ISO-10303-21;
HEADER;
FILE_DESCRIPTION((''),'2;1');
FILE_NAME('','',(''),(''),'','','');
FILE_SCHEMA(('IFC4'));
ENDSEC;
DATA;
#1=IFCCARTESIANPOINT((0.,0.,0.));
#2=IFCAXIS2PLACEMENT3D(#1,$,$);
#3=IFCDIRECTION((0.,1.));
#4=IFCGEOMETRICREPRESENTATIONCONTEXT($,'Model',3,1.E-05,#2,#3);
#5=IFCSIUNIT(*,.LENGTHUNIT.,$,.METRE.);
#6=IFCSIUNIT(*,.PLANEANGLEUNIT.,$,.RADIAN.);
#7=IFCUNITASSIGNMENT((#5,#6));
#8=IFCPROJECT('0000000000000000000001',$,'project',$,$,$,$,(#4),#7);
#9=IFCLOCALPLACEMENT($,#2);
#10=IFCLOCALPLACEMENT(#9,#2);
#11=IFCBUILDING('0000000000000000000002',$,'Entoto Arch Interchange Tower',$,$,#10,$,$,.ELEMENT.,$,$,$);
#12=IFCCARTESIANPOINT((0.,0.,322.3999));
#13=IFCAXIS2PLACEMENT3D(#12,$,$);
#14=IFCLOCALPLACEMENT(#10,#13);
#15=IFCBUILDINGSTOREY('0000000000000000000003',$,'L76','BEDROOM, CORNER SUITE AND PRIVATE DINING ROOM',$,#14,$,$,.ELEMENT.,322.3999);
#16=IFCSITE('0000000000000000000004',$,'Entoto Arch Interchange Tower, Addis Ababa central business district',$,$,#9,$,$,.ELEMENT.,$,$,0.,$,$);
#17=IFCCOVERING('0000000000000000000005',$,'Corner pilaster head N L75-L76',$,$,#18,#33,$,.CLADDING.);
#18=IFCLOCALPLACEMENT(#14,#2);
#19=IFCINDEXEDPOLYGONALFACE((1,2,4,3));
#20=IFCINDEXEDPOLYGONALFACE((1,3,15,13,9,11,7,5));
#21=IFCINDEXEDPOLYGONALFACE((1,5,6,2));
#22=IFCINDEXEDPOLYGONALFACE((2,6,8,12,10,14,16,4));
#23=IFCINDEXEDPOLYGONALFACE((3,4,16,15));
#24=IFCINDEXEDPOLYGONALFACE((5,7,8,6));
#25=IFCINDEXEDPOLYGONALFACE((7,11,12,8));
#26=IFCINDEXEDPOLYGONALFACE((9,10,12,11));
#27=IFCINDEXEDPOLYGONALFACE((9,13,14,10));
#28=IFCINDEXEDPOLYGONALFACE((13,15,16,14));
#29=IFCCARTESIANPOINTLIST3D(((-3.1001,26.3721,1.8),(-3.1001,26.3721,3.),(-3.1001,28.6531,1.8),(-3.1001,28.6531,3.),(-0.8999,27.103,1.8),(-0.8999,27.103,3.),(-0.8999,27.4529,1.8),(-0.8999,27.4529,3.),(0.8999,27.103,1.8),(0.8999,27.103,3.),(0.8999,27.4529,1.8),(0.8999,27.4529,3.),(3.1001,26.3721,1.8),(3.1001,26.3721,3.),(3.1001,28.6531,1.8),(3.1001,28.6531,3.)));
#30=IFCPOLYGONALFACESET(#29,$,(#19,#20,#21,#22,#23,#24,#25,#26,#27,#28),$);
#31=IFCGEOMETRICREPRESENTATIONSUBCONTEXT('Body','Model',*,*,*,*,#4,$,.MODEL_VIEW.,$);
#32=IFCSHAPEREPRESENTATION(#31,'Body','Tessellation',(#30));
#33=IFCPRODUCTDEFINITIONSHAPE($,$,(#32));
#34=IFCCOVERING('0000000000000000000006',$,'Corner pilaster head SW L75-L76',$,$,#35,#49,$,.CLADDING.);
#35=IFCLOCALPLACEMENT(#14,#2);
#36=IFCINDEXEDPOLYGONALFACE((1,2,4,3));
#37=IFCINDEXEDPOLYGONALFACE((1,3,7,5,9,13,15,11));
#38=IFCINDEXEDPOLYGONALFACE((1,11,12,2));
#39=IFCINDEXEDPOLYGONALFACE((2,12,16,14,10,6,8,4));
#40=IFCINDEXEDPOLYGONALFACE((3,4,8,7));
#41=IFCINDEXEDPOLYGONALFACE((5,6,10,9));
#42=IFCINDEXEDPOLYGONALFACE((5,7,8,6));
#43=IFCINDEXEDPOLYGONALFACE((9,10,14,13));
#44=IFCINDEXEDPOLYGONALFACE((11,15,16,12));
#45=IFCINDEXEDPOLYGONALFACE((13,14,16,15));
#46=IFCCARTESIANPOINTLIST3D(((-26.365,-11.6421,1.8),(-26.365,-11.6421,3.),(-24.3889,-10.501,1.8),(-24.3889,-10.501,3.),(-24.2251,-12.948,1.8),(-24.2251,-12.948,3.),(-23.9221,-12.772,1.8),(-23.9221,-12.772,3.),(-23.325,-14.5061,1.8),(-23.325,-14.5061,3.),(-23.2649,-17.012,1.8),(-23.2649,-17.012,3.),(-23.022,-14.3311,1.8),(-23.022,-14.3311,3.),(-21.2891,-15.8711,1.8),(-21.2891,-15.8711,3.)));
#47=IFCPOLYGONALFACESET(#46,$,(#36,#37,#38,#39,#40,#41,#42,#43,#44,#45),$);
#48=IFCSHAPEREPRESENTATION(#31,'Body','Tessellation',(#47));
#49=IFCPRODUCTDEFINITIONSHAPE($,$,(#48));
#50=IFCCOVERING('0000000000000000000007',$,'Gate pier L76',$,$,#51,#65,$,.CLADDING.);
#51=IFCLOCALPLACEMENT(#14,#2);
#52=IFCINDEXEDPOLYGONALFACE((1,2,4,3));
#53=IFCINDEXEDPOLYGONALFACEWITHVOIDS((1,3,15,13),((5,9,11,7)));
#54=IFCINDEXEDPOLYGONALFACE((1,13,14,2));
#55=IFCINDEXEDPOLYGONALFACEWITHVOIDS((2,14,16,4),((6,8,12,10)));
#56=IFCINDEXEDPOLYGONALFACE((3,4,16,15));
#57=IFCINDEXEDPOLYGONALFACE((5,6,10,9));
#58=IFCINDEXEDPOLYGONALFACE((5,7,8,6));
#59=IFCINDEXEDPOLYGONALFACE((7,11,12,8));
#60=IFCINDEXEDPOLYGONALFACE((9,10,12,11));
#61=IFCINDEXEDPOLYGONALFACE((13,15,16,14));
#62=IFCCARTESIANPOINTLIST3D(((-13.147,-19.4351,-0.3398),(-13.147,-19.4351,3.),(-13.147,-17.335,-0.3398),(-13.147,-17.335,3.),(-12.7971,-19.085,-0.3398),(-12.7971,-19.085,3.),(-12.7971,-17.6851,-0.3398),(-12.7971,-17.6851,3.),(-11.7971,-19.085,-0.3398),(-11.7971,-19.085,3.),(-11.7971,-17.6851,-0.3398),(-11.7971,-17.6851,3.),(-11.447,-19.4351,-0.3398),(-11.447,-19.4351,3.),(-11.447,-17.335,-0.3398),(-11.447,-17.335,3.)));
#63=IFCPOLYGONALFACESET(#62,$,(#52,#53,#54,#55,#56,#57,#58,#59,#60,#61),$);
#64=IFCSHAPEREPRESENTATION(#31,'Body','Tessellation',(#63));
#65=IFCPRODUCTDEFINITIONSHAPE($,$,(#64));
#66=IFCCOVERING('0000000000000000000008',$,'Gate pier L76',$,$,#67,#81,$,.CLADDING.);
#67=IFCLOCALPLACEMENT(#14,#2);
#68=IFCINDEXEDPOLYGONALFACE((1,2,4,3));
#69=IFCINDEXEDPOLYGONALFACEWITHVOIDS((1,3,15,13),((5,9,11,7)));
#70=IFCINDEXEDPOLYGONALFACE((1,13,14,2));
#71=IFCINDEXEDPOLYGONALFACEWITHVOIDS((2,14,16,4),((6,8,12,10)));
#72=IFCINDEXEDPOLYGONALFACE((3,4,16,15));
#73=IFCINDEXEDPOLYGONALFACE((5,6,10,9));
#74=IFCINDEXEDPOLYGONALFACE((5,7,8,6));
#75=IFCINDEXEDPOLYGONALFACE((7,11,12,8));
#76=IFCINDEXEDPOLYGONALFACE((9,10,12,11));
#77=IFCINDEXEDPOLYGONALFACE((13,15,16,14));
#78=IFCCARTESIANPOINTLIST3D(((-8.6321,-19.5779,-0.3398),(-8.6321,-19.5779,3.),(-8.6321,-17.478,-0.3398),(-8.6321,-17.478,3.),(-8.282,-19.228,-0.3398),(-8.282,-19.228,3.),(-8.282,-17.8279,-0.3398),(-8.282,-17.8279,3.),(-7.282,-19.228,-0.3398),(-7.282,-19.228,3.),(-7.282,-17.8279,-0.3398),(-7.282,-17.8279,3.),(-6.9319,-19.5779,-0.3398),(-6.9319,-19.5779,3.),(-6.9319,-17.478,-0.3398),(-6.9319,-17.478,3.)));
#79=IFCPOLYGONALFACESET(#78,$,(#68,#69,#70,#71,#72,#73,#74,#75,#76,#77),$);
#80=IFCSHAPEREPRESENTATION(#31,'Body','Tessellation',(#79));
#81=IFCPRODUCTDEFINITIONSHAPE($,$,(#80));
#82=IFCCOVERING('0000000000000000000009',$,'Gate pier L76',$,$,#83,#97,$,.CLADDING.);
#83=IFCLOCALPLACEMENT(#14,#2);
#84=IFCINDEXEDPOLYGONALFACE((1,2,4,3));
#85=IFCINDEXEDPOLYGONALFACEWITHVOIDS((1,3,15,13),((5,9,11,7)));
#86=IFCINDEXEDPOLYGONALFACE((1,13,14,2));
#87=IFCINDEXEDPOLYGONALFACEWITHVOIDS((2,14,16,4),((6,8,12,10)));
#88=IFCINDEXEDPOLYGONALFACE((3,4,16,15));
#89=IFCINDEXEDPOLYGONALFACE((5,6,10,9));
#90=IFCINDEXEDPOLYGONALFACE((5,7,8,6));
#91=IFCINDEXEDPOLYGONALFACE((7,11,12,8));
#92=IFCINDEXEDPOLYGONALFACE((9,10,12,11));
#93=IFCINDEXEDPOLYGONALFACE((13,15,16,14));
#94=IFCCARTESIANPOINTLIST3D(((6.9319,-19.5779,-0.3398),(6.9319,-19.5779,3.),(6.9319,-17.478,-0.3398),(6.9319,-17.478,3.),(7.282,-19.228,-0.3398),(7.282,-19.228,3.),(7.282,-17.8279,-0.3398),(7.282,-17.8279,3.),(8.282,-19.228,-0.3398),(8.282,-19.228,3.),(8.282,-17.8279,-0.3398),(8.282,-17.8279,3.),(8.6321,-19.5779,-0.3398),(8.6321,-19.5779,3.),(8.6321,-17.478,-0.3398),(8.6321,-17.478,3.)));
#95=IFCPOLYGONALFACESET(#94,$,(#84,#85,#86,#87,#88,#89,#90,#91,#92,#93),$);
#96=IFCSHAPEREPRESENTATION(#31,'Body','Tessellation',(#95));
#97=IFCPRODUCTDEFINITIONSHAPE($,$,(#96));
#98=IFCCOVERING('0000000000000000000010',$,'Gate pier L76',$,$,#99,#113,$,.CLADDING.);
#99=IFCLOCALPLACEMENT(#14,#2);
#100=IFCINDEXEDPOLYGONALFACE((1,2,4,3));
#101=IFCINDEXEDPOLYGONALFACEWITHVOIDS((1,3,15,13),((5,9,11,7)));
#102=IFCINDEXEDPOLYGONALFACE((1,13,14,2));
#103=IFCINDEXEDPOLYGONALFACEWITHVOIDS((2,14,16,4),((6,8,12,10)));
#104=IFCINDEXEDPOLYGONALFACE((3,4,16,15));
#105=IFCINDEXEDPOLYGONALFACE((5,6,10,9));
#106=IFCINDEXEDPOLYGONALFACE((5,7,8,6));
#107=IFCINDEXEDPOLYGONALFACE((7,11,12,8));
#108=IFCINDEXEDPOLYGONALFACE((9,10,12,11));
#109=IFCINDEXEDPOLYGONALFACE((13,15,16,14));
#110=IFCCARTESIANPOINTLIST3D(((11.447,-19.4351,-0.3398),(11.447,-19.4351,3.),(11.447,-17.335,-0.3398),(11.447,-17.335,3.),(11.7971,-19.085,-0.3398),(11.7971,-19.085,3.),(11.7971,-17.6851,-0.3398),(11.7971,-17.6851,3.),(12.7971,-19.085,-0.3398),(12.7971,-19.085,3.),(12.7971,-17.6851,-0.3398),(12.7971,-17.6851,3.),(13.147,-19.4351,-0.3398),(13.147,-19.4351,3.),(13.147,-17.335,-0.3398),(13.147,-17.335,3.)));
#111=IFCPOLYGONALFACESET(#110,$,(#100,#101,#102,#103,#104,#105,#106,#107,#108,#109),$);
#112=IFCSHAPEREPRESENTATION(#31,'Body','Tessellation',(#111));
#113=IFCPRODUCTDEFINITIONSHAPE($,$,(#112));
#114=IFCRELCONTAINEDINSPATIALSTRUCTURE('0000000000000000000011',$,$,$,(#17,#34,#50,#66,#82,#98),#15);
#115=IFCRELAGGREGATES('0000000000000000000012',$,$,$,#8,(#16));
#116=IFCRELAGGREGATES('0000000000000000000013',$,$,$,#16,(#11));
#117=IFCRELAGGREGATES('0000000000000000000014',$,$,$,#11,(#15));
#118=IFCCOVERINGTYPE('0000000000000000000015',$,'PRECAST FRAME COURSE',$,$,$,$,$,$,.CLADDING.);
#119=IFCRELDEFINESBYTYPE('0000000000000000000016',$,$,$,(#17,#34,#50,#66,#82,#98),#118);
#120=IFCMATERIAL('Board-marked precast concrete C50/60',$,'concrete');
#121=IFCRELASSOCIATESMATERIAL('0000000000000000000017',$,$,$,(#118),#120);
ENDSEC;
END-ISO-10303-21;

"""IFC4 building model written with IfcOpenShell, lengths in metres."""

from ifc_helpers import new_model, si_unit, direction, frame, origin, place, context, subcontext, project, spatial, polyline, outline, extrude, material, type_object, element, save


model = new_model("IFC4")

# Units and contexts
model_context = context("Model", 3, precision=1e-05, world=origin(), true_north=direction((0.0, 1.0)))
body_context = subcontext(model_context, "Body", "Model", "MODEL_VIEW")
ifc_project = project(units=[si_unit("LENGTHUNIT", "METRE"), si_unit("PLANEANGLEUNIT", "RADIAN")], contexts=[model_context])

# Site, building, storey
site_placement = place(None, origin())
site = spatial("IfcSite", under=ifc_project, at=site_placement, Name="Entoto Arch Interchange Tower, Addis Ababa central business district", CompositionType="ELEMENT", RefElevation=0.0)
building_placement = place(site_placement, origin())
building = spatial("IfcBuilding", under=site, at=building_placement, Name="Entoto Arch Interchange Tower", CompositionType="ELEMENT")
storey_placement = place(building_placement, frame((0.0, 0.0, 322.3999)))
storey = spatial("IfcBuildingStorey", under=building, at=storey_placement, Name="L76", Description="BEDROOM, CORNER SUITE AND PRIVATE DINING ROOM", CompositionType="ELEMENT", Elevation=322.3999)

# Coverings
ifc_material_1 = material(Name="Board-marked precast concrete C50/60", Category="concrete")
covering_type = type_object("IfcCoveringType", Name="PRECAST FRAME COURSE", PredefinedType="CLADDING", material=ifc_material_1)
covering_1_placement = place(storey_placement, frame((0.0, 0.0, 1.8)))
element("IfcCovering", 1, at=covering_1_placement, inside=storey, type_object=covering_type, Name="Corner pilaster head N L75-L76", PredefinedType="CLADDING", context=body_context, shape_type="SweptSolid", body=[
    extrude(outline(polyline([(-3.1001, 28.6531), (3.1001, 28.6531), (3.1001, 26.3721), (0.8999, 27.103), (0.8999, 27.4529), (-0.8999, 27.4529), (-0.8999, 27.103), (-3.1001, 26.3721), (-3.1001, 28.6531)])), origin(), (0.0, 0.0, 1.0), 1.2),
])
covering_2_placement = place(storey_placement, frame((0.0, 0.0, 1.8)))
element("IfcCovering", 2, at=covering_2_placement, inside=storey, type_object=covering_type, Name="Corner pilaster head SW L75-L76", PredefinedType="CLADDING", context=body_context, shape_type="SweptSolid", body=[
    extrude(outline(polyline([(-23.2649, -17.012), (-26.365, -11.6421), (-24.3889, -10.501), (-23.9221, -12.772), (-24.2251, -12.948), (-23.325, -14.5061), (-23.022, -14.3311), (-21.2891, -15.8711), (-23.2649, -17.012)])), origin(), (0.0, 0.0, 1.0), 1.2),
])
covering_3_placement = place(storey_placement, frame((0.0, 0.0, -0.3398)))
element("IfcCovering", 3, at=covering_3_placement, inside=storey, type_object=covering_type, Name="Gate pier L76", PredefinedType="CLADDING", context=body_context, shape_type="SweptSolid", body=[
    extrude(outline(polyline([(-13.147, -17.335), (-11.447, -17.335), (-11.447, -19.4351), (-13.147, -19.4351), (-13.147, -17.335)]), holes=[polyline([(-12.7971, -17.6851), (-12.7971, -19.085), (-11.7971, -19.085), (-11.7971, -17.6851), (-12.7971, -17.6851)])]), origin(), (0.0, 0.0, 1.0), 3.3398),
])
covering_4_placement = place(storey_placement, frame((0.0, 0.0, -0.3398)))
element("IfcCovering", 4, at=covering_4_placement, inside=storey, type_object=covering_type, Name="Gate pier L76", PredefinedType="CLADDING", context=body_context, shape_type="SweptSolid", body=[
    extrude(outline(polyline([(-8.6321, -17.478), (-6.9319, -17.478), (-6.9319, -19.5779), (-8.6321, -19.5779), (-8.6321, -17.478)]), holes=[polyline([(-8.282, -17.8279), (-8.282, -19.228), (-7.282, -19.228), (-7.282, -17.8279), (-8.282, -17.8279)])]), origin(), (0.0, 0.0, 1.0), 3.3398),
])
covering_5_placement = place(storey_placement, frame((0.0, 0.0, -0.3398)))
element("IfcCovering", 5, at=covering_5_placement, inside=storey, type_object=covering_type, Name="Gate pier L76", PredefinedType="CLADDING", context=body_context, shape_type="SweptSolid", body=[
    extrude(outline(polyline([(6.9319, -17.478), (8.6321, -17.478), (8.6321, -19.5779), (6.9319, -19.5779), (6.9319, -17.478)]), holes=[polyline([(7.282, -17.8279), (7.282, -19.228), (8.282, -19.228), (8.282, -17.8279), (7.282, -17.8279)])]), origin(), (0.0, 0.0, 1.0), 3.3398),
])
covering_6_placement = place(storey_placement, frame((0.0, 0.0, -0.3398)))
element("IfcCovering", 6, at=covering_6_placement, inside=storey, type_object=covering_type, Name="Gate pier L76", PredefinedType="CLADDING", context=body_context, shape_type="SweptSolid", body=[
    extrude(outline(polyline([(11.447, -17.335), (13.147, -17.335), (13.147, -19.4351), (11.447, -19.4351), (11.447, -17.335)]), holes=[polyline([(11.7971, -17.6851), (11.7971, -19.085), (12.7971, -19.085), (12.7971, -17.6851), (11.7971, -17.6851)])]), origin(), (0.0, 0.0, 1.0), 3.3398),
])

save(model, "model.ifc")
